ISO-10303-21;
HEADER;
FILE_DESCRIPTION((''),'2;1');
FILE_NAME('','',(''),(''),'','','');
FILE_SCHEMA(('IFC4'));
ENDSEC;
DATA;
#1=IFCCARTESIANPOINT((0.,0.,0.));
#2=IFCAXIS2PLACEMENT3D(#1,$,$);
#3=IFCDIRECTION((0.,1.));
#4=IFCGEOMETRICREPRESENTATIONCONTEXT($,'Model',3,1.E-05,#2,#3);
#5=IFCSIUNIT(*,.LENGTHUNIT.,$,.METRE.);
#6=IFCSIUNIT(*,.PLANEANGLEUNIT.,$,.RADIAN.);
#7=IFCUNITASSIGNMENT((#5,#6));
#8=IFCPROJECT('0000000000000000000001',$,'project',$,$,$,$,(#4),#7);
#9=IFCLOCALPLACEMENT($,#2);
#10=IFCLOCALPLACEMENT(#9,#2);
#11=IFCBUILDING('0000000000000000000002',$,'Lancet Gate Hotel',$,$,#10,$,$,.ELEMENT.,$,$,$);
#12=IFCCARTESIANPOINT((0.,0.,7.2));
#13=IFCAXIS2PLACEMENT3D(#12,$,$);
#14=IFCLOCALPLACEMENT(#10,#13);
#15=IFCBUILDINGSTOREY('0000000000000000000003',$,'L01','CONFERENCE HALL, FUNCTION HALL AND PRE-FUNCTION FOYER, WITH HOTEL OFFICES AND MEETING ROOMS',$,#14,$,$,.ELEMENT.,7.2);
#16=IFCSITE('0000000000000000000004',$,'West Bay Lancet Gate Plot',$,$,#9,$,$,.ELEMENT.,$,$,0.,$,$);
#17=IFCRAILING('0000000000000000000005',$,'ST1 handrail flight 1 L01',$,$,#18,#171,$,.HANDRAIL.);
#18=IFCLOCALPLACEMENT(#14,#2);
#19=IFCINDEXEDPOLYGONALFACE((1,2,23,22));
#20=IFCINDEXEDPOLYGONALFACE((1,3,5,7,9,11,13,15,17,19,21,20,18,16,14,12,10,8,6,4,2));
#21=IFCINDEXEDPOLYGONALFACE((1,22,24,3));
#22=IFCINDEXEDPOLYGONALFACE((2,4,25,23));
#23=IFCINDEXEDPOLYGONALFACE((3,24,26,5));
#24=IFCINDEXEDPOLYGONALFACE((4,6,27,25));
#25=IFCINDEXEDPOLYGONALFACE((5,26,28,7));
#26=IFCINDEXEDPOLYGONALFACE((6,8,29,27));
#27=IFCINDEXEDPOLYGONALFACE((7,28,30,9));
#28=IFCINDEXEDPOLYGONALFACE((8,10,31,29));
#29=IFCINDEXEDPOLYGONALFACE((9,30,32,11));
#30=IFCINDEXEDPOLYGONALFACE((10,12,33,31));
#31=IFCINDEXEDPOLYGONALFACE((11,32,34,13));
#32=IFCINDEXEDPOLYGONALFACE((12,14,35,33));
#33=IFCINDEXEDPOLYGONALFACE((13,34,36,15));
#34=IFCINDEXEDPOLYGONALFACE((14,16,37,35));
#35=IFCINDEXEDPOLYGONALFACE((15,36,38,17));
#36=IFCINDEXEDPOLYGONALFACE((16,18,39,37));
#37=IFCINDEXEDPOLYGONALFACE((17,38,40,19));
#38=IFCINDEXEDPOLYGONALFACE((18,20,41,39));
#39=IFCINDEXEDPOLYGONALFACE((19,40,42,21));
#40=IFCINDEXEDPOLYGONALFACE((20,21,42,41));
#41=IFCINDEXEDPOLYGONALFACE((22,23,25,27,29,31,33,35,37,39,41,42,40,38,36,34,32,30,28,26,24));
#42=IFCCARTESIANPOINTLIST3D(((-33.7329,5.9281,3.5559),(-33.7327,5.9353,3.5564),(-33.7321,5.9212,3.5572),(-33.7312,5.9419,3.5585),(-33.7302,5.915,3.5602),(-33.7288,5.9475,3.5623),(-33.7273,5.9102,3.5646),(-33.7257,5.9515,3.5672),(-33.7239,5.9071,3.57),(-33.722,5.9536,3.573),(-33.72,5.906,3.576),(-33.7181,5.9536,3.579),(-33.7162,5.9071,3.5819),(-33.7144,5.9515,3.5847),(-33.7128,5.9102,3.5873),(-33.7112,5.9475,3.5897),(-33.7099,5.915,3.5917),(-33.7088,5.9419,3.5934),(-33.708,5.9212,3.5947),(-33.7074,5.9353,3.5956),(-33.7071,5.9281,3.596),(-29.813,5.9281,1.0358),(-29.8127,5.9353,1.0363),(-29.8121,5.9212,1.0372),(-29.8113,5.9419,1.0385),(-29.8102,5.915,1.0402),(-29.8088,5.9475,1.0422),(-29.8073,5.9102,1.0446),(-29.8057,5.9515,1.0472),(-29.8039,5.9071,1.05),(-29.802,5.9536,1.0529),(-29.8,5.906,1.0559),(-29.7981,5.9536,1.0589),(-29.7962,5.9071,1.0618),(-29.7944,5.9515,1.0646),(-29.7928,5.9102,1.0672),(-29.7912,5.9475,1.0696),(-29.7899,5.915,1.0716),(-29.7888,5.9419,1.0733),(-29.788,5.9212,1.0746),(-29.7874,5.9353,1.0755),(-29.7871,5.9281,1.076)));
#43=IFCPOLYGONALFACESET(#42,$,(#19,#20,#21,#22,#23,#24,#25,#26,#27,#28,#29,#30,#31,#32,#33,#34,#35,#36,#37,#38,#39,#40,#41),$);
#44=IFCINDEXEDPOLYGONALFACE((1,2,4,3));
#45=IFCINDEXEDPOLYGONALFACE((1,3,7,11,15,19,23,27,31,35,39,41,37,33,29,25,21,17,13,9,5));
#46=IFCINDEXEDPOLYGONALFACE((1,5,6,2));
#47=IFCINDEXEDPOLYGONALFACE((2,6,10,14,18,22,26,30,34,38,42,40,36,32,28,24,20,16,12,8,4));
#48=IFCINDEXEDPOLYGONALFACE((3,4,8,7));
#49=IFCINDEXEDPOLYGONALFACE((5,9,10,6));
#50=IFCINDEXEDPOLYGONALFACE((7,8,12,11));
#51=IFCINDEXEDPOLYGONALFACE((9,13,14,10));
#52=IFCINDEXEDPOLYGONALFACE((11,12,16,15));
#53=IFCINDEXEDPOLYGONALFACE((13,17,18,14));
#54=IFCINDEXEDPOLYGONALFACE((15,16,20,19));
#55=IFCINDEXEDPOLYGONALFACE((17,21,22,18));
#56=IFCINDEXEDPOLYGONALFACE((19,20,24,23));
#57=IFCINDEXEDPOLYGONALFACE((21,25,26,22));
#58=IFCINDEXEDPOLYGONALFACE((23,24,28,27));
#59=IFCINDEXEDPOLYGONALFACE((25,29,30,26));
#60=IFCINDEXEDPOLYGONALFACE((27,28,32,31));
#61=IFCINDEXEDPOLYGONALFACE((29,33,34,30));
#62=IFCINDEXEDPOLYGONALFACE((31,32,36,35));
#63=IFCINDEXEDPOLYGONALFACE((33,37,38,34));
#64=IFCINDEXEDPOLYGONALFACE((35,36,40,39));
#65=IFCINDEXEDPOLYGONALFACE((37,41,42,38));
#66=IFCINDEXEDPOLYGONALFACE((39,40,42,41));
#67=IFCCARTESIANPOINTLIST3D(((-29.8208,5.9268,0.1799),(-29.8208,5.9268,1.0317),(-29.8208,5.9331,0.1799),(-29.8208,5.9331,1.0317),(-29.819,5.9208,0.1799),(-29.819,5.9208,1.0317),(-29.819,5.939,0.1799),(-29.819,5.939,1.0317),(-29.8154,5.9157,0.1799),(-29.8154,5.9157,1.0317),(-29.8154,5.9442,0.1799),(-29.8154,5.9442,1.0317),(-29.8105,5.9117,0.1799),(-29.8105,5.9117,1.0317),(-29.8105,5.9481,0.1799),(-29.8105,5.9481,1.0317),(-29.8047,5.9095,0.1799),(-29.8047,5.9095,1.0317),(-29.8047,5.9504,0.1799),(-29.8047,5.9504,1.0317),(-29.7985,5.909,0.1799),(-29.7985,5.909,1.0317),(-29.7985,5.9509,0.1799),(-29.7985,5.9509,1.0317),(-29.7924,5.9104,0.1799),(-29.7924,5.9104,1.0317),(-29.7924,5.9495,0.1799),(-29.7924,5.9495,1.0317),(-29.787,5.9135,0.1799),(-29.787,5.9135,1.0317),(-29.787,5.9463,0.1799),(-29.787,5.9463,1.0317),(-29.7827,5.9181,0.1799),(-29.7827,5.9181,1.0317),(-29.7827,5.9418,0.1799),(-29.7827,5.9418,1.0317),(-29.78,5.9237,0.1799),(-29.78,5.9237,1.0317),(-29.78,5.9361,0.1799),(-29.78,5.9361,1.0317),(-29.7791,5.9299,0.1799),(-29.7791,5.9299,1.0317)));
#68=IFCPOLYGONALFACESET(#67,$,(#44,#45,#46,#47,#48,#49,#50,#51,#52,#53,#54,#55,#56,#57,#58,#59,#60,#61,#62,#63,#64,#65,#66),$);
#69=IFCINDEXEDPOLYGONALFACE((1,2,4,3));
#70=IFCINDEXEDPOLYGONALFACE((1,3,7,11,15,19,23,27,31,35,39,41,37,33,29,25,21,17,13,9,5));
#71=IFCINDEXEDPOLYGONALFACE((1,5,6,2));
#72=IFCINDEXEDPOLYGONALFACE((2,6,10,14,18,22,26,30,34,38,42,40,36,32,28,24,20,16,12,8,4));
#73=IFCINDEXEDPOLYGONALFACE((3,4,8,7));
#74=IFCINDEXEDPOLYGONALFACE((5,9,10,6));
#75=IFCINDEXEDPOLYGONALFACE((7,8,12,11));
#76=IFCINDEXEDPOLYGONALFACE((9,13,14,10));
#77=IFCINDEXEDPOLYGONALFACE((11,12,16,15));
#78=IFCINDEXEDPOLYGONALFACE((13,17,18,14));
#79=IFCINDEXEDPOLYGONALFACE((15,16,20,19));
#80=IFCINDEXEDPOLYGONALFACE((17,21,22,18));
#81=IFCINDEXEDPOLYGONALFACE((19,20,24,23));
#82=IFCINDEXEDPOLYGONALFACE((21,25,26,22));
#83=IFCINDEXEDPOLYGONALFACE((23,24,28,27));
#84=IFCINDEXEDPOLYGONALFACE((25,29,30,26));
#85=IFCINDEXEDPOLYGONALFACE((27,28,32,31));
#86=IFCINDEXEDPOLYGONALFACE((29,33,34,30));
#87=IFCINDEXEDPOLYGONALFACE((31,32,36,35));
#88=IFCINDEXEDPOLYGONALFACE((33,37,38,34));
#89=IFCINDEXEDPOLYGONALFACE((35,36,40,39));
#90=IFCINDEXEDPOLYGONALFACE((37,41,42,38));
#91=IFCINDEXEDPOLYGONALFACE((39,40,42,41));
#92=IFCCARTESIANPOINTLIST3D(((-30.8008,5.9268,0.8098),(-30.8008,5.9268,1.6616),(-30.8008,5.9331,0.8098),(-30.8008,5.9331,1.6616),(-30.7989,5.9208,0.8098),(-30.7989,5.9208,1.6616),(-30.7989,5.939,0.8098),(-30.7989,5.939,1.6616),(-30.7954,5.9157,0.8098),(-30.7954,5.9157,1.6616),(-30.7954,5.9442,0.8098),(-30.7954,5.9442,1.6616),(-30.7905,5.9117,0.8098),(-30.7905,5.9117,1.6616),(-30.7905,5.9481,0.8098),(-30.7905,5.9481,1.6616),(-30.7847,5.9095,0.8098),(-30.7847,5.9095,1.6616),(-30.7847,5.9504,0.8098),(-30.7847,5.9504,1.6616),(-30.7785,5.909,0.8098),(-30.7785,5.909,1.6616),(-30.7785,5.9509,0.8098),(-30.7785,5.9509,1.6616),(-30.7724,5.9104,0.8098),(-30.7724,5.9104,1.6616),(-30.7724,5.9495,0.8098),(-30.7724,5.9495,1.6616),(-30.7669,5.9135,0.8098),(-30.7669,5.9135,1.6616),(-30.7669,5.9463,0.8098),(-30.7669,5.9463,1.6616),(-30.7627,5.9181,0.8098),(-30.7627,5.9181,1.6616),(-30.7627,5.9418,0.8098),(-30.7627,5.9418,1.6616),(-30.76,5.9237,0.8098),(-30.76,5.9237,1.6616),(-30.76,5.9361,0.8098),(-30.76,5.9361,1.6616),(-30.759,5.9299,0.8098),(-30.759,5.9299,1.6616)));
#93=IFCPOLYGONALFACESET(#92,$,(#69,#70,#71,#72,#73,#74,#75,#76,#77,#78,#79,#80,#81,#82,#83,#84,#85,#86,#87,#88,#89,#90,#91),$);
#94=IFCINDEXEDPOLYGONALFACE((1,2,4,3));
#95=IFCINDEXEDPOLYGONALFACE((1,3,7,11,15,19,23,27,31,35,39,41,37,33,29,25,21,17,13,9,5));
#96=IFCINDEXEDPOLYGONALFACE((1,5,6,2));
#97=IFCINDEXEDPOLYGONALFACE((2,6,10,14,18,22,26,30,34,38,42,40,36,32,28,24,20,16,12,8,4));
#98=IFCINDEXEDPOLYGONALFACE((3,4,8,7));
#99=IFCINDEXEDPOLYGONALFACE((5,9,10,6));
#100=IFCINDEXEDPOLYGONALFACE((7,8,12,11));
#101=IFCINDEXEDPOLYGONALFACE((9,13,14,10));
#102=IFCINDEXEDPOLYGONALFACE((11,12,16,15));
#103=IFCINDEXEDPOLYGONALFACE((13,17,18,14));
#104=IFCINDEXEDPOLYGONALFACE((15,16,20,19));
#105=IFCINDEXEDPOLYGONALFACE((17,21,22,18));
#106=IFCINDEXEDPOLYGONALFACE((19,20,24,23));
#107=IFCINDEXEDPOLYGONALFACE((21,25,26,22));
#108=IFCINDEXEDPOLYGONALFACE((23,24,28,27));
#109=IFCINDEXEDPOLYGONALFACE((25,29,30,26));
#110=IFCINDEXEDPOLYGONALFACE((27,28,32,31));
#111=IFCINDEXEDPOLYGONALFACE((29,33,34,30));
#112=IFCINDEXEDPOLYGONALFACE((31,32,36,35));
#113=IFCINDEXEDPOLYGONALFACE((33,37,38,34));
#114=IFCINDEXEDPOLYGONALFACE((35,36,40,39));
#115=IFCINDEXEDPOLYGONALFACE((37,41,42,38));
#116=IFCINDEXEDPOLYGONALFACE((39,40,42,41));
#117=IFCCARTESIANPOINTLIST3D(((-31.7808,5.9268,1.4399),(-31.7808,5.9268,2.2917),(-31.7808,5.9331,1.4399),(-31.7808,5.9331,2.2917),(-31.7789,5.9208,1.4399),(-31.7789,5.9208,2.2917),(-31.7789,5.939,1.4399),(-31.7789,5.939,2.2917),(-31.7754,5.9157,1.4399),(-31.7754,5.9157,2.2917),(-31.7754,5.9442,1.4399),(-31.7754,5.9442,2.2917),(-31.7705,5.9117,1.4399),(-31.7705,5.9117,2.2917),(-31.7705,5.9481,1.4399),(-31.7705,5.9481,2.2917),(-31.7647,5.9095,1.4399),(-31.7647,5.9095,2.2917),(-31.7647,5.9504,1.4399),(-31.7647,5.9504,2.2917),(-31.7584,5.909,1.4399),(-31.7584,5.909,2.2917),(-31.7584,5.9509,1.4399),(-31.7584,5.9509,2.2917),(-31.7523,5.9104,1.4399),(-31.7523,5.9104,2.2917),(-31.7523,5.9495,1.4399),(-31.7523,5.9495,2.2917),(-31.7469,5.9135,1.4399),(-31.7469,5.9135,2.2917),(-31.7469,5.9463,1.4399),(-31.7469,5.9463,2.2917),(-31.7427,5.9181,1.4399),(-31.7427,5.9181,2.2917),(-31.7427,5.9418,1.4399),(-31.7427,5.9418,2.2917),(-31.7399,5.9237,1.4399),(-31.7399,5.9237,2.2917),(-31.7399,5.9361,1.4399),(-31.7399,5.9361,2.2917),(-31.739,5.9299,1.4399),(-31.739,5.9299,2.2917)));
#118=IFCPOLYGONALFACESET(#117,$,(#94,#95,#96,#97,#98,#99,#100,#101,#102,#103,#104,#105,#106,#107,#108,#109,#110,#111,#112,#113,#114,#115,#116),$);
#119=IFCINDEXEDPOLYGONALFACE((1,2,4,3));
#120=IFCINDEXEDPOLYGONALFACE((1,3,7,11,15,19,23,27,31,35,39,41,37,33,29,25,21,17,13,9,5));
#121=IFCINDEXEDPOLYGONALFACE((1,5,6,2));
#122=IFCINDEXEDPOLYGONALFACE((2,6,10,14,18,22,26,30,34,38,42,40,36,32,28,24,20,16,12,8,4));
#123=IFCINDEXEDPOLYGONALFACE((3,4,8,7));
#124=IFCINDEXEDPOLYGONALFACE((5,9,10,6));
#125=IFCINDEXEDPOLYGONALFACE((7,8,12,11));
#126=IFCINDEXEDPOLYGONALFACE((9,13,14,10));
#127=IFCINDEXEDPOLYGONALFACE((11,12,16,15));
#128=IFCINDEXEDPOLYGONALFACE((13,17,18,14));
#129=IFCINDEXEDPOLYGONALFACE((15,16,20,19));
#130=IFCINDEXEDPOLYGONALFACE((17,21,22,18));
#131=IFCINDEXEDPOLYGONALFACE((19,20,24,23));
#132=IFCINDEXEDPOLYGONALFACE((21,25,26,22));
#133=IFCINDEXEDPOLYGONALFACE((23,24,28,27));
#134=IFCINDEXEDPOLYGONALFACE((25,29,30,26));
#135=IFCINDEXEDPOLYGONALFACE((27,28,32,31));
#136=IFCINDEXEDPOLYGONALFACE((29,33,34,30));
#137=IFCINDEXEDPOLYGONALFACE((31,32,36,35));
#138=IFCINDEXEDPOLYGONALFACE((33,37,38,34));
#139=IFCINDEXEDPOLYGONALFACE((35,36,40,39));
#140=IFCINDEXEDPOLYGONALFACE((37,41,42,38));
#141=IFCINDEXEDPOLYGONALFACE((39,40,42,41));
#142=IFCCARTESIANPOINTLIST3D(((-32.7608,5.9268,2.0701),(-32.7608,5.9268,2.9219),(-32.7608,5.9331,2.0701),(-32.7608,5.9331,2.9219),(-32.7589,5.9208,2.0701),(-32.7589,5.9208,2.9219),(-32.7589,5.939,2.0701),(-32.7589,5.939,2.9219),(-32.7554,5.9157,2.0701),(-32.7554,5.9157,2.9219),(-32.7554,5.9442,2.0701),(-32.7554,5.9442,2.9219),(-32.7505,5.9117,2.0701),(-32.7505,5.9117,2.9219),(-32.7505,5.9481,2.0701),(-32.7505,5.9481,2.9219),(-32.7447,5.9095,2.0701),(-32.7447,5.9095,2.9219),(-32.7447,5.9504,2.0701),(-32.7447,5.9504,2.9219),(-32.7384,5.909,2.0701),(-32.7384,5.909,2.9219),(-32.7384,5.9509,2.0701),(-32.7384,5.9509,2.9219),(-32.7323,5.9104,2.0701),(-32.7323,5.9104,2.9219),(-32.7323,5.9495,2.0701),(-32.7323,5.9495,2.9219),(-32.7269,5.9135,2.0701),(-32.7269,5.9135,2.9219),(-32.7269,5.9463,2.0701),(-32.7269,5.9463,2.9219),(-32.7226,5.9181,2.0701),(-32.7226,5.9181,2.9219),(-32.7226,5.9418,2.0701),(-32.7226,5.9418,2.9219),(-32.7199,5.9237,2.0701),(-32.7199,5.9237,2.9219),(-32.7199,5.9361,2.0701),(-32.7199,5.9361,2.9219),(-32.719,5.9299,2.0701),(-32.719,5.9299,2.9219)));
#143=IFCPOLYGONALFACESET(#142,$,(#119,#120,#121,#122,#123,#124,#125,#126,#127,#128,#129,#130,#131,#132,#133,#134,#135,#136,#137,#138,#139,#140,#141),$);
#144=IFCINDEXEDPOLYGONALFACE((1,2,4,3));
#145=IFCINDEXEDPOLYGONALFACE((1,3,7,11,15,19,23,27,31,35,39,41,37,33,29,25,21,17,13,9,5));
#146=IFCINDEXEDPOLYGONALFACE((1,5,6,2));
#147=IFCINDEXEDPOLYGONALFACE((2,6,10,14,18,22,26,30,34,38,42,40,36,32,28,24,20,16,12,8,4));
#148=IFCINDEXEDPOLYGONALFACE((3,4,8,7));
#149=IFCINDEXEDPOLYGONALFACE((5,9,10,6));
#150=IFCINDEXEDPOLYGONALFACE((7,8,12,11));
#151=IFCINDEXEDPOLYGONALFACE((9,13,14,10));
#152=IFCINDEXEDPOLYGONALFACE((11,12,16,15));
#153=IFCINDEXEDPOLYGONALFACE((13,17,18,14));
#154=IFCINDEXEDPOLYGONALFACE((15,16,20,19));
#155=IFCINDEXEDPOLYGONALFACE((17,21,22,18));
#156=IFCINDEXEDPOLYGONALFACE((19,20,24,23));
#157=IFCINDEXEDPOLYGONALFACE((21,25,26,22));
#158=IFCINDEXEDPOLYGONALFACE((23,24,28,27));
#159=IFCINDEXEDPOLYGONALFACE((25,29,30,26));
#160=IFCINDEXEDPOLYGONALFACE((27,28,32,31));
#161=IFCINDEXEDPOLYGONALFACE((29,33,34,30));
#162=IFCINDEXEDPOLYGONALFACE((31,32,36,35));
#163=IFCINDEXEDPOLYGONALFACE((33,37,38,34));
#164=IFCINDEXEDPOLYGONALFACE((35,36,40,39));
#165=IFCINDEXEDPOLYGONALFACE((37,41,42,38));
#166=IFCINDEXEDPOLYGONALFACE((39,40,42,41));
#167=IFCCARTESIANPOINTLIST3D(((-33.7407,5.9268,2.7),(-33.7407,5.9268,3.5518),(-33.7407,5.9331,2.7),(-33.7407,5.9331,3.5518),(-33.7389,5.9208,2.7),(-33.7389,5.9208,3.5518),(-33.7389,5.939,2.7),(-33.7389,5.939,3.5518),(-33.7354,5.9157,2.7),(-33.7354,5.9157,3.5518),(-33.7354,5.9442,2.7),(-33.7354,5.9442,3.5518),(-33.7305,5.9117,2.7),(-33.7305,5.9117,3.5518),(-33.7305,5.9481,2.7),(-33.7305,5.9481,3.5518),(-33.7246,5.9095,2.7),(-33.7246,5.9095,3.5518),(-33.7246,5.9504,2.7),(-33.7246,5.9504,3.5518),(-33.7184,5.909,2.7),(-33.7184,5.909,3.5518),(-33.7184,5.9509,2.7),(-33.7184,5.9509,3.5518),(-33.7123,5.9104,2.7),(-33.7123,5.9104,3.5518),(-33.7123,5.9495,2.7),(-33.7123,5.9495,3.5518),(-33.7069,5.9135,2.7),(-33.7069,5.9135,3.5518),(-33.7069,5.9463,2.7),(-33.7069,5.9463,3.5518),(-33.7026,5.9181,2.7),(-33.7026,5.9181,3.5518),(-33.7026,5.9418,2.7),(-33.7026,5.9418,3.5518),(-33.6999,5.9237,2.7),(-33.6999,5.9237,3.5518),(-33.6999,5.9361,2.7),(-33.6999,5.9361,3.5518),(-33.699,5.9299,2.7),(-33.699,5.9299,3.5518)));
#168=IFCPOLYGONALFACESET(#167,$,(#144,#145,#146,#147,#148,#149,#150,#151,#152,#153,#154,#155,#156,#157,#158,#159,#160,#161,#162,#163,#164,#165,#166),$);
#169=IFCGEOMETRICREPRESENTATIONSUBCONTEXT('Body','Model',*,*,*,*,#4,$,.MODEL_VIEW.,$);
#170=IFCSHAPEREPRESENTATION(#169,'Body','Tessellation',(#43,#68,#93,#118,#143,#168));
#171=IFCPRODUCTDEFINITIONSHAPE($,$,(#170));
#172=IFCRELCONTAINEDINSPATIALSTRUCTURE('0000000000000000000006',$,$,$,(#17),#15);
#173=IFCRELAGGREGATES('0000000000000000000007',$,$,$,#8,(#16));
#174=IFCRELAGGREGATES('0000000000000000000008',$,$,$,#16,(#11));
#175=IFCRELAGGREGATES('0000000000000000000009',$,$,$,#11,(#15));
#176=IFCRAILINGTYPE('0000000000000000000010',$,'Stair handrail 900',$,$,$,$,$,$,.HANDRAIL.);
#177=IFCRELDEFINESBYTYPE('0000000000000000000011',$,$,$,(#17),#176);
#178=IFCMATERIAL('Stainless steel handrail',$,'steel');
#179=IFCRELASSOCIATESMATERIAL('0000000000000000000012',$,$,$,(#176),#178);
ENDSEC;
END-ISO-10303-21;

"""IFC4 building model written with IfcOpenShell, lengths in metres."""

from ifc_helpers import new_model, si_unit, direction, frame, origin, origin_2d, place, context, subcontext, project, spatial, circle, extrude, material, type_object, element, save


model = new_model("IFC4")

# Units and contexts
model_context = context("Model", 3, precision=1e-05, world=origin(), true_north=direction((0.0, 1.0)))
body_context = subcontext(model_context, "Body", "Model", "MODEL_VIEW")
ifc_project = project(units=[si_unit("LENGTHUNIT", "METRE"), si_unit("PLANEANGLEUNIT", "RADIAN")], contexts=[model_context])

# Site, building, storey
site_placement = place(None, origin())
site = spatial("IfcSite", under=ifc_project, at=site_placement, Name="West Bay Lancet Gate Plot", CompositionType="ELEMENT", RefElevation=0.0)
building_placement = place(site_placement, origin())
building = spatial("IfcBuilding", under=site, at=building_placement, Name="Lancet Gate Hotel", CompositionType="ELEMENT")
storey_placement = place(building_placement, frame((0.0, 0.0, 7.2)))
storey = spatial("IfcBuildingStorey", under=building, at=storey_placement, Name="L01", Description="CONFERENCE HALL, FUNCTION HALL AND PRE-FUNCTION FOYER, WITH HOTEL OFFICES AND MEETING ROOMS", CompositionType="ELEMENT", Elevation=7.2)

# Railing
ifc_material_1 = material(Name="Stainless steel handrail", Category="steel")
railing_type = type_object("IfcRailingType", Name="Stair handrail 900", PredefinedType="HANDRAIL", material=ifc_material_1)
railing_placement = place(storey_placement, frame((-29.8, 5.9299, 0.1799)))
element("IfcRailing", 1, at=railing_placement, inside=storey, type_object=railing_type, Name="ST1 handrail flight 1 L01", PredefinedType="HANDRAIL", context=body_context, shape_type="SweptSolid", body=[
    extrude(circle(Radius=0.0239, at=origin_2d()), frame((0.0, 0.0, 0.876), z_axis=(-0.841172, 0.0, 0.540768), x_axis=(0.0, -1.0, 0.0)), (0.0, 0.0, 1.0), 4.6602),
    extrude(circle(Radius=0.021, at=origin_2d()), origin(), (0.0, 0.0, 1.0), 0.8518),
    extrude(circle(Radius=0.021, at=origin_2d()), frame((-0.98, 0.0, 0.6299)), (0.0, 0.0, 1.0), 0.8518),
    extrude(circle(Radius=0.021, at=origin_2d()), frame((-1.96, 0.0, 1.26)), (0.0, 0.0, 1.0), 0.8518),
    extrude(circle(Radius=0.021, at=origin_2d()), frame((-2.9399, 0.0, 1.8901)), (0.0, 0.0, 1.0), 0.8518),
    extrude(circle(Radius=0.021, at=origin_2d()), frame((-3.9199, 0.0, 2.52)), (0.0, 0.0, 1.0), 0.8518),
])

save(model, "model.ifc")
